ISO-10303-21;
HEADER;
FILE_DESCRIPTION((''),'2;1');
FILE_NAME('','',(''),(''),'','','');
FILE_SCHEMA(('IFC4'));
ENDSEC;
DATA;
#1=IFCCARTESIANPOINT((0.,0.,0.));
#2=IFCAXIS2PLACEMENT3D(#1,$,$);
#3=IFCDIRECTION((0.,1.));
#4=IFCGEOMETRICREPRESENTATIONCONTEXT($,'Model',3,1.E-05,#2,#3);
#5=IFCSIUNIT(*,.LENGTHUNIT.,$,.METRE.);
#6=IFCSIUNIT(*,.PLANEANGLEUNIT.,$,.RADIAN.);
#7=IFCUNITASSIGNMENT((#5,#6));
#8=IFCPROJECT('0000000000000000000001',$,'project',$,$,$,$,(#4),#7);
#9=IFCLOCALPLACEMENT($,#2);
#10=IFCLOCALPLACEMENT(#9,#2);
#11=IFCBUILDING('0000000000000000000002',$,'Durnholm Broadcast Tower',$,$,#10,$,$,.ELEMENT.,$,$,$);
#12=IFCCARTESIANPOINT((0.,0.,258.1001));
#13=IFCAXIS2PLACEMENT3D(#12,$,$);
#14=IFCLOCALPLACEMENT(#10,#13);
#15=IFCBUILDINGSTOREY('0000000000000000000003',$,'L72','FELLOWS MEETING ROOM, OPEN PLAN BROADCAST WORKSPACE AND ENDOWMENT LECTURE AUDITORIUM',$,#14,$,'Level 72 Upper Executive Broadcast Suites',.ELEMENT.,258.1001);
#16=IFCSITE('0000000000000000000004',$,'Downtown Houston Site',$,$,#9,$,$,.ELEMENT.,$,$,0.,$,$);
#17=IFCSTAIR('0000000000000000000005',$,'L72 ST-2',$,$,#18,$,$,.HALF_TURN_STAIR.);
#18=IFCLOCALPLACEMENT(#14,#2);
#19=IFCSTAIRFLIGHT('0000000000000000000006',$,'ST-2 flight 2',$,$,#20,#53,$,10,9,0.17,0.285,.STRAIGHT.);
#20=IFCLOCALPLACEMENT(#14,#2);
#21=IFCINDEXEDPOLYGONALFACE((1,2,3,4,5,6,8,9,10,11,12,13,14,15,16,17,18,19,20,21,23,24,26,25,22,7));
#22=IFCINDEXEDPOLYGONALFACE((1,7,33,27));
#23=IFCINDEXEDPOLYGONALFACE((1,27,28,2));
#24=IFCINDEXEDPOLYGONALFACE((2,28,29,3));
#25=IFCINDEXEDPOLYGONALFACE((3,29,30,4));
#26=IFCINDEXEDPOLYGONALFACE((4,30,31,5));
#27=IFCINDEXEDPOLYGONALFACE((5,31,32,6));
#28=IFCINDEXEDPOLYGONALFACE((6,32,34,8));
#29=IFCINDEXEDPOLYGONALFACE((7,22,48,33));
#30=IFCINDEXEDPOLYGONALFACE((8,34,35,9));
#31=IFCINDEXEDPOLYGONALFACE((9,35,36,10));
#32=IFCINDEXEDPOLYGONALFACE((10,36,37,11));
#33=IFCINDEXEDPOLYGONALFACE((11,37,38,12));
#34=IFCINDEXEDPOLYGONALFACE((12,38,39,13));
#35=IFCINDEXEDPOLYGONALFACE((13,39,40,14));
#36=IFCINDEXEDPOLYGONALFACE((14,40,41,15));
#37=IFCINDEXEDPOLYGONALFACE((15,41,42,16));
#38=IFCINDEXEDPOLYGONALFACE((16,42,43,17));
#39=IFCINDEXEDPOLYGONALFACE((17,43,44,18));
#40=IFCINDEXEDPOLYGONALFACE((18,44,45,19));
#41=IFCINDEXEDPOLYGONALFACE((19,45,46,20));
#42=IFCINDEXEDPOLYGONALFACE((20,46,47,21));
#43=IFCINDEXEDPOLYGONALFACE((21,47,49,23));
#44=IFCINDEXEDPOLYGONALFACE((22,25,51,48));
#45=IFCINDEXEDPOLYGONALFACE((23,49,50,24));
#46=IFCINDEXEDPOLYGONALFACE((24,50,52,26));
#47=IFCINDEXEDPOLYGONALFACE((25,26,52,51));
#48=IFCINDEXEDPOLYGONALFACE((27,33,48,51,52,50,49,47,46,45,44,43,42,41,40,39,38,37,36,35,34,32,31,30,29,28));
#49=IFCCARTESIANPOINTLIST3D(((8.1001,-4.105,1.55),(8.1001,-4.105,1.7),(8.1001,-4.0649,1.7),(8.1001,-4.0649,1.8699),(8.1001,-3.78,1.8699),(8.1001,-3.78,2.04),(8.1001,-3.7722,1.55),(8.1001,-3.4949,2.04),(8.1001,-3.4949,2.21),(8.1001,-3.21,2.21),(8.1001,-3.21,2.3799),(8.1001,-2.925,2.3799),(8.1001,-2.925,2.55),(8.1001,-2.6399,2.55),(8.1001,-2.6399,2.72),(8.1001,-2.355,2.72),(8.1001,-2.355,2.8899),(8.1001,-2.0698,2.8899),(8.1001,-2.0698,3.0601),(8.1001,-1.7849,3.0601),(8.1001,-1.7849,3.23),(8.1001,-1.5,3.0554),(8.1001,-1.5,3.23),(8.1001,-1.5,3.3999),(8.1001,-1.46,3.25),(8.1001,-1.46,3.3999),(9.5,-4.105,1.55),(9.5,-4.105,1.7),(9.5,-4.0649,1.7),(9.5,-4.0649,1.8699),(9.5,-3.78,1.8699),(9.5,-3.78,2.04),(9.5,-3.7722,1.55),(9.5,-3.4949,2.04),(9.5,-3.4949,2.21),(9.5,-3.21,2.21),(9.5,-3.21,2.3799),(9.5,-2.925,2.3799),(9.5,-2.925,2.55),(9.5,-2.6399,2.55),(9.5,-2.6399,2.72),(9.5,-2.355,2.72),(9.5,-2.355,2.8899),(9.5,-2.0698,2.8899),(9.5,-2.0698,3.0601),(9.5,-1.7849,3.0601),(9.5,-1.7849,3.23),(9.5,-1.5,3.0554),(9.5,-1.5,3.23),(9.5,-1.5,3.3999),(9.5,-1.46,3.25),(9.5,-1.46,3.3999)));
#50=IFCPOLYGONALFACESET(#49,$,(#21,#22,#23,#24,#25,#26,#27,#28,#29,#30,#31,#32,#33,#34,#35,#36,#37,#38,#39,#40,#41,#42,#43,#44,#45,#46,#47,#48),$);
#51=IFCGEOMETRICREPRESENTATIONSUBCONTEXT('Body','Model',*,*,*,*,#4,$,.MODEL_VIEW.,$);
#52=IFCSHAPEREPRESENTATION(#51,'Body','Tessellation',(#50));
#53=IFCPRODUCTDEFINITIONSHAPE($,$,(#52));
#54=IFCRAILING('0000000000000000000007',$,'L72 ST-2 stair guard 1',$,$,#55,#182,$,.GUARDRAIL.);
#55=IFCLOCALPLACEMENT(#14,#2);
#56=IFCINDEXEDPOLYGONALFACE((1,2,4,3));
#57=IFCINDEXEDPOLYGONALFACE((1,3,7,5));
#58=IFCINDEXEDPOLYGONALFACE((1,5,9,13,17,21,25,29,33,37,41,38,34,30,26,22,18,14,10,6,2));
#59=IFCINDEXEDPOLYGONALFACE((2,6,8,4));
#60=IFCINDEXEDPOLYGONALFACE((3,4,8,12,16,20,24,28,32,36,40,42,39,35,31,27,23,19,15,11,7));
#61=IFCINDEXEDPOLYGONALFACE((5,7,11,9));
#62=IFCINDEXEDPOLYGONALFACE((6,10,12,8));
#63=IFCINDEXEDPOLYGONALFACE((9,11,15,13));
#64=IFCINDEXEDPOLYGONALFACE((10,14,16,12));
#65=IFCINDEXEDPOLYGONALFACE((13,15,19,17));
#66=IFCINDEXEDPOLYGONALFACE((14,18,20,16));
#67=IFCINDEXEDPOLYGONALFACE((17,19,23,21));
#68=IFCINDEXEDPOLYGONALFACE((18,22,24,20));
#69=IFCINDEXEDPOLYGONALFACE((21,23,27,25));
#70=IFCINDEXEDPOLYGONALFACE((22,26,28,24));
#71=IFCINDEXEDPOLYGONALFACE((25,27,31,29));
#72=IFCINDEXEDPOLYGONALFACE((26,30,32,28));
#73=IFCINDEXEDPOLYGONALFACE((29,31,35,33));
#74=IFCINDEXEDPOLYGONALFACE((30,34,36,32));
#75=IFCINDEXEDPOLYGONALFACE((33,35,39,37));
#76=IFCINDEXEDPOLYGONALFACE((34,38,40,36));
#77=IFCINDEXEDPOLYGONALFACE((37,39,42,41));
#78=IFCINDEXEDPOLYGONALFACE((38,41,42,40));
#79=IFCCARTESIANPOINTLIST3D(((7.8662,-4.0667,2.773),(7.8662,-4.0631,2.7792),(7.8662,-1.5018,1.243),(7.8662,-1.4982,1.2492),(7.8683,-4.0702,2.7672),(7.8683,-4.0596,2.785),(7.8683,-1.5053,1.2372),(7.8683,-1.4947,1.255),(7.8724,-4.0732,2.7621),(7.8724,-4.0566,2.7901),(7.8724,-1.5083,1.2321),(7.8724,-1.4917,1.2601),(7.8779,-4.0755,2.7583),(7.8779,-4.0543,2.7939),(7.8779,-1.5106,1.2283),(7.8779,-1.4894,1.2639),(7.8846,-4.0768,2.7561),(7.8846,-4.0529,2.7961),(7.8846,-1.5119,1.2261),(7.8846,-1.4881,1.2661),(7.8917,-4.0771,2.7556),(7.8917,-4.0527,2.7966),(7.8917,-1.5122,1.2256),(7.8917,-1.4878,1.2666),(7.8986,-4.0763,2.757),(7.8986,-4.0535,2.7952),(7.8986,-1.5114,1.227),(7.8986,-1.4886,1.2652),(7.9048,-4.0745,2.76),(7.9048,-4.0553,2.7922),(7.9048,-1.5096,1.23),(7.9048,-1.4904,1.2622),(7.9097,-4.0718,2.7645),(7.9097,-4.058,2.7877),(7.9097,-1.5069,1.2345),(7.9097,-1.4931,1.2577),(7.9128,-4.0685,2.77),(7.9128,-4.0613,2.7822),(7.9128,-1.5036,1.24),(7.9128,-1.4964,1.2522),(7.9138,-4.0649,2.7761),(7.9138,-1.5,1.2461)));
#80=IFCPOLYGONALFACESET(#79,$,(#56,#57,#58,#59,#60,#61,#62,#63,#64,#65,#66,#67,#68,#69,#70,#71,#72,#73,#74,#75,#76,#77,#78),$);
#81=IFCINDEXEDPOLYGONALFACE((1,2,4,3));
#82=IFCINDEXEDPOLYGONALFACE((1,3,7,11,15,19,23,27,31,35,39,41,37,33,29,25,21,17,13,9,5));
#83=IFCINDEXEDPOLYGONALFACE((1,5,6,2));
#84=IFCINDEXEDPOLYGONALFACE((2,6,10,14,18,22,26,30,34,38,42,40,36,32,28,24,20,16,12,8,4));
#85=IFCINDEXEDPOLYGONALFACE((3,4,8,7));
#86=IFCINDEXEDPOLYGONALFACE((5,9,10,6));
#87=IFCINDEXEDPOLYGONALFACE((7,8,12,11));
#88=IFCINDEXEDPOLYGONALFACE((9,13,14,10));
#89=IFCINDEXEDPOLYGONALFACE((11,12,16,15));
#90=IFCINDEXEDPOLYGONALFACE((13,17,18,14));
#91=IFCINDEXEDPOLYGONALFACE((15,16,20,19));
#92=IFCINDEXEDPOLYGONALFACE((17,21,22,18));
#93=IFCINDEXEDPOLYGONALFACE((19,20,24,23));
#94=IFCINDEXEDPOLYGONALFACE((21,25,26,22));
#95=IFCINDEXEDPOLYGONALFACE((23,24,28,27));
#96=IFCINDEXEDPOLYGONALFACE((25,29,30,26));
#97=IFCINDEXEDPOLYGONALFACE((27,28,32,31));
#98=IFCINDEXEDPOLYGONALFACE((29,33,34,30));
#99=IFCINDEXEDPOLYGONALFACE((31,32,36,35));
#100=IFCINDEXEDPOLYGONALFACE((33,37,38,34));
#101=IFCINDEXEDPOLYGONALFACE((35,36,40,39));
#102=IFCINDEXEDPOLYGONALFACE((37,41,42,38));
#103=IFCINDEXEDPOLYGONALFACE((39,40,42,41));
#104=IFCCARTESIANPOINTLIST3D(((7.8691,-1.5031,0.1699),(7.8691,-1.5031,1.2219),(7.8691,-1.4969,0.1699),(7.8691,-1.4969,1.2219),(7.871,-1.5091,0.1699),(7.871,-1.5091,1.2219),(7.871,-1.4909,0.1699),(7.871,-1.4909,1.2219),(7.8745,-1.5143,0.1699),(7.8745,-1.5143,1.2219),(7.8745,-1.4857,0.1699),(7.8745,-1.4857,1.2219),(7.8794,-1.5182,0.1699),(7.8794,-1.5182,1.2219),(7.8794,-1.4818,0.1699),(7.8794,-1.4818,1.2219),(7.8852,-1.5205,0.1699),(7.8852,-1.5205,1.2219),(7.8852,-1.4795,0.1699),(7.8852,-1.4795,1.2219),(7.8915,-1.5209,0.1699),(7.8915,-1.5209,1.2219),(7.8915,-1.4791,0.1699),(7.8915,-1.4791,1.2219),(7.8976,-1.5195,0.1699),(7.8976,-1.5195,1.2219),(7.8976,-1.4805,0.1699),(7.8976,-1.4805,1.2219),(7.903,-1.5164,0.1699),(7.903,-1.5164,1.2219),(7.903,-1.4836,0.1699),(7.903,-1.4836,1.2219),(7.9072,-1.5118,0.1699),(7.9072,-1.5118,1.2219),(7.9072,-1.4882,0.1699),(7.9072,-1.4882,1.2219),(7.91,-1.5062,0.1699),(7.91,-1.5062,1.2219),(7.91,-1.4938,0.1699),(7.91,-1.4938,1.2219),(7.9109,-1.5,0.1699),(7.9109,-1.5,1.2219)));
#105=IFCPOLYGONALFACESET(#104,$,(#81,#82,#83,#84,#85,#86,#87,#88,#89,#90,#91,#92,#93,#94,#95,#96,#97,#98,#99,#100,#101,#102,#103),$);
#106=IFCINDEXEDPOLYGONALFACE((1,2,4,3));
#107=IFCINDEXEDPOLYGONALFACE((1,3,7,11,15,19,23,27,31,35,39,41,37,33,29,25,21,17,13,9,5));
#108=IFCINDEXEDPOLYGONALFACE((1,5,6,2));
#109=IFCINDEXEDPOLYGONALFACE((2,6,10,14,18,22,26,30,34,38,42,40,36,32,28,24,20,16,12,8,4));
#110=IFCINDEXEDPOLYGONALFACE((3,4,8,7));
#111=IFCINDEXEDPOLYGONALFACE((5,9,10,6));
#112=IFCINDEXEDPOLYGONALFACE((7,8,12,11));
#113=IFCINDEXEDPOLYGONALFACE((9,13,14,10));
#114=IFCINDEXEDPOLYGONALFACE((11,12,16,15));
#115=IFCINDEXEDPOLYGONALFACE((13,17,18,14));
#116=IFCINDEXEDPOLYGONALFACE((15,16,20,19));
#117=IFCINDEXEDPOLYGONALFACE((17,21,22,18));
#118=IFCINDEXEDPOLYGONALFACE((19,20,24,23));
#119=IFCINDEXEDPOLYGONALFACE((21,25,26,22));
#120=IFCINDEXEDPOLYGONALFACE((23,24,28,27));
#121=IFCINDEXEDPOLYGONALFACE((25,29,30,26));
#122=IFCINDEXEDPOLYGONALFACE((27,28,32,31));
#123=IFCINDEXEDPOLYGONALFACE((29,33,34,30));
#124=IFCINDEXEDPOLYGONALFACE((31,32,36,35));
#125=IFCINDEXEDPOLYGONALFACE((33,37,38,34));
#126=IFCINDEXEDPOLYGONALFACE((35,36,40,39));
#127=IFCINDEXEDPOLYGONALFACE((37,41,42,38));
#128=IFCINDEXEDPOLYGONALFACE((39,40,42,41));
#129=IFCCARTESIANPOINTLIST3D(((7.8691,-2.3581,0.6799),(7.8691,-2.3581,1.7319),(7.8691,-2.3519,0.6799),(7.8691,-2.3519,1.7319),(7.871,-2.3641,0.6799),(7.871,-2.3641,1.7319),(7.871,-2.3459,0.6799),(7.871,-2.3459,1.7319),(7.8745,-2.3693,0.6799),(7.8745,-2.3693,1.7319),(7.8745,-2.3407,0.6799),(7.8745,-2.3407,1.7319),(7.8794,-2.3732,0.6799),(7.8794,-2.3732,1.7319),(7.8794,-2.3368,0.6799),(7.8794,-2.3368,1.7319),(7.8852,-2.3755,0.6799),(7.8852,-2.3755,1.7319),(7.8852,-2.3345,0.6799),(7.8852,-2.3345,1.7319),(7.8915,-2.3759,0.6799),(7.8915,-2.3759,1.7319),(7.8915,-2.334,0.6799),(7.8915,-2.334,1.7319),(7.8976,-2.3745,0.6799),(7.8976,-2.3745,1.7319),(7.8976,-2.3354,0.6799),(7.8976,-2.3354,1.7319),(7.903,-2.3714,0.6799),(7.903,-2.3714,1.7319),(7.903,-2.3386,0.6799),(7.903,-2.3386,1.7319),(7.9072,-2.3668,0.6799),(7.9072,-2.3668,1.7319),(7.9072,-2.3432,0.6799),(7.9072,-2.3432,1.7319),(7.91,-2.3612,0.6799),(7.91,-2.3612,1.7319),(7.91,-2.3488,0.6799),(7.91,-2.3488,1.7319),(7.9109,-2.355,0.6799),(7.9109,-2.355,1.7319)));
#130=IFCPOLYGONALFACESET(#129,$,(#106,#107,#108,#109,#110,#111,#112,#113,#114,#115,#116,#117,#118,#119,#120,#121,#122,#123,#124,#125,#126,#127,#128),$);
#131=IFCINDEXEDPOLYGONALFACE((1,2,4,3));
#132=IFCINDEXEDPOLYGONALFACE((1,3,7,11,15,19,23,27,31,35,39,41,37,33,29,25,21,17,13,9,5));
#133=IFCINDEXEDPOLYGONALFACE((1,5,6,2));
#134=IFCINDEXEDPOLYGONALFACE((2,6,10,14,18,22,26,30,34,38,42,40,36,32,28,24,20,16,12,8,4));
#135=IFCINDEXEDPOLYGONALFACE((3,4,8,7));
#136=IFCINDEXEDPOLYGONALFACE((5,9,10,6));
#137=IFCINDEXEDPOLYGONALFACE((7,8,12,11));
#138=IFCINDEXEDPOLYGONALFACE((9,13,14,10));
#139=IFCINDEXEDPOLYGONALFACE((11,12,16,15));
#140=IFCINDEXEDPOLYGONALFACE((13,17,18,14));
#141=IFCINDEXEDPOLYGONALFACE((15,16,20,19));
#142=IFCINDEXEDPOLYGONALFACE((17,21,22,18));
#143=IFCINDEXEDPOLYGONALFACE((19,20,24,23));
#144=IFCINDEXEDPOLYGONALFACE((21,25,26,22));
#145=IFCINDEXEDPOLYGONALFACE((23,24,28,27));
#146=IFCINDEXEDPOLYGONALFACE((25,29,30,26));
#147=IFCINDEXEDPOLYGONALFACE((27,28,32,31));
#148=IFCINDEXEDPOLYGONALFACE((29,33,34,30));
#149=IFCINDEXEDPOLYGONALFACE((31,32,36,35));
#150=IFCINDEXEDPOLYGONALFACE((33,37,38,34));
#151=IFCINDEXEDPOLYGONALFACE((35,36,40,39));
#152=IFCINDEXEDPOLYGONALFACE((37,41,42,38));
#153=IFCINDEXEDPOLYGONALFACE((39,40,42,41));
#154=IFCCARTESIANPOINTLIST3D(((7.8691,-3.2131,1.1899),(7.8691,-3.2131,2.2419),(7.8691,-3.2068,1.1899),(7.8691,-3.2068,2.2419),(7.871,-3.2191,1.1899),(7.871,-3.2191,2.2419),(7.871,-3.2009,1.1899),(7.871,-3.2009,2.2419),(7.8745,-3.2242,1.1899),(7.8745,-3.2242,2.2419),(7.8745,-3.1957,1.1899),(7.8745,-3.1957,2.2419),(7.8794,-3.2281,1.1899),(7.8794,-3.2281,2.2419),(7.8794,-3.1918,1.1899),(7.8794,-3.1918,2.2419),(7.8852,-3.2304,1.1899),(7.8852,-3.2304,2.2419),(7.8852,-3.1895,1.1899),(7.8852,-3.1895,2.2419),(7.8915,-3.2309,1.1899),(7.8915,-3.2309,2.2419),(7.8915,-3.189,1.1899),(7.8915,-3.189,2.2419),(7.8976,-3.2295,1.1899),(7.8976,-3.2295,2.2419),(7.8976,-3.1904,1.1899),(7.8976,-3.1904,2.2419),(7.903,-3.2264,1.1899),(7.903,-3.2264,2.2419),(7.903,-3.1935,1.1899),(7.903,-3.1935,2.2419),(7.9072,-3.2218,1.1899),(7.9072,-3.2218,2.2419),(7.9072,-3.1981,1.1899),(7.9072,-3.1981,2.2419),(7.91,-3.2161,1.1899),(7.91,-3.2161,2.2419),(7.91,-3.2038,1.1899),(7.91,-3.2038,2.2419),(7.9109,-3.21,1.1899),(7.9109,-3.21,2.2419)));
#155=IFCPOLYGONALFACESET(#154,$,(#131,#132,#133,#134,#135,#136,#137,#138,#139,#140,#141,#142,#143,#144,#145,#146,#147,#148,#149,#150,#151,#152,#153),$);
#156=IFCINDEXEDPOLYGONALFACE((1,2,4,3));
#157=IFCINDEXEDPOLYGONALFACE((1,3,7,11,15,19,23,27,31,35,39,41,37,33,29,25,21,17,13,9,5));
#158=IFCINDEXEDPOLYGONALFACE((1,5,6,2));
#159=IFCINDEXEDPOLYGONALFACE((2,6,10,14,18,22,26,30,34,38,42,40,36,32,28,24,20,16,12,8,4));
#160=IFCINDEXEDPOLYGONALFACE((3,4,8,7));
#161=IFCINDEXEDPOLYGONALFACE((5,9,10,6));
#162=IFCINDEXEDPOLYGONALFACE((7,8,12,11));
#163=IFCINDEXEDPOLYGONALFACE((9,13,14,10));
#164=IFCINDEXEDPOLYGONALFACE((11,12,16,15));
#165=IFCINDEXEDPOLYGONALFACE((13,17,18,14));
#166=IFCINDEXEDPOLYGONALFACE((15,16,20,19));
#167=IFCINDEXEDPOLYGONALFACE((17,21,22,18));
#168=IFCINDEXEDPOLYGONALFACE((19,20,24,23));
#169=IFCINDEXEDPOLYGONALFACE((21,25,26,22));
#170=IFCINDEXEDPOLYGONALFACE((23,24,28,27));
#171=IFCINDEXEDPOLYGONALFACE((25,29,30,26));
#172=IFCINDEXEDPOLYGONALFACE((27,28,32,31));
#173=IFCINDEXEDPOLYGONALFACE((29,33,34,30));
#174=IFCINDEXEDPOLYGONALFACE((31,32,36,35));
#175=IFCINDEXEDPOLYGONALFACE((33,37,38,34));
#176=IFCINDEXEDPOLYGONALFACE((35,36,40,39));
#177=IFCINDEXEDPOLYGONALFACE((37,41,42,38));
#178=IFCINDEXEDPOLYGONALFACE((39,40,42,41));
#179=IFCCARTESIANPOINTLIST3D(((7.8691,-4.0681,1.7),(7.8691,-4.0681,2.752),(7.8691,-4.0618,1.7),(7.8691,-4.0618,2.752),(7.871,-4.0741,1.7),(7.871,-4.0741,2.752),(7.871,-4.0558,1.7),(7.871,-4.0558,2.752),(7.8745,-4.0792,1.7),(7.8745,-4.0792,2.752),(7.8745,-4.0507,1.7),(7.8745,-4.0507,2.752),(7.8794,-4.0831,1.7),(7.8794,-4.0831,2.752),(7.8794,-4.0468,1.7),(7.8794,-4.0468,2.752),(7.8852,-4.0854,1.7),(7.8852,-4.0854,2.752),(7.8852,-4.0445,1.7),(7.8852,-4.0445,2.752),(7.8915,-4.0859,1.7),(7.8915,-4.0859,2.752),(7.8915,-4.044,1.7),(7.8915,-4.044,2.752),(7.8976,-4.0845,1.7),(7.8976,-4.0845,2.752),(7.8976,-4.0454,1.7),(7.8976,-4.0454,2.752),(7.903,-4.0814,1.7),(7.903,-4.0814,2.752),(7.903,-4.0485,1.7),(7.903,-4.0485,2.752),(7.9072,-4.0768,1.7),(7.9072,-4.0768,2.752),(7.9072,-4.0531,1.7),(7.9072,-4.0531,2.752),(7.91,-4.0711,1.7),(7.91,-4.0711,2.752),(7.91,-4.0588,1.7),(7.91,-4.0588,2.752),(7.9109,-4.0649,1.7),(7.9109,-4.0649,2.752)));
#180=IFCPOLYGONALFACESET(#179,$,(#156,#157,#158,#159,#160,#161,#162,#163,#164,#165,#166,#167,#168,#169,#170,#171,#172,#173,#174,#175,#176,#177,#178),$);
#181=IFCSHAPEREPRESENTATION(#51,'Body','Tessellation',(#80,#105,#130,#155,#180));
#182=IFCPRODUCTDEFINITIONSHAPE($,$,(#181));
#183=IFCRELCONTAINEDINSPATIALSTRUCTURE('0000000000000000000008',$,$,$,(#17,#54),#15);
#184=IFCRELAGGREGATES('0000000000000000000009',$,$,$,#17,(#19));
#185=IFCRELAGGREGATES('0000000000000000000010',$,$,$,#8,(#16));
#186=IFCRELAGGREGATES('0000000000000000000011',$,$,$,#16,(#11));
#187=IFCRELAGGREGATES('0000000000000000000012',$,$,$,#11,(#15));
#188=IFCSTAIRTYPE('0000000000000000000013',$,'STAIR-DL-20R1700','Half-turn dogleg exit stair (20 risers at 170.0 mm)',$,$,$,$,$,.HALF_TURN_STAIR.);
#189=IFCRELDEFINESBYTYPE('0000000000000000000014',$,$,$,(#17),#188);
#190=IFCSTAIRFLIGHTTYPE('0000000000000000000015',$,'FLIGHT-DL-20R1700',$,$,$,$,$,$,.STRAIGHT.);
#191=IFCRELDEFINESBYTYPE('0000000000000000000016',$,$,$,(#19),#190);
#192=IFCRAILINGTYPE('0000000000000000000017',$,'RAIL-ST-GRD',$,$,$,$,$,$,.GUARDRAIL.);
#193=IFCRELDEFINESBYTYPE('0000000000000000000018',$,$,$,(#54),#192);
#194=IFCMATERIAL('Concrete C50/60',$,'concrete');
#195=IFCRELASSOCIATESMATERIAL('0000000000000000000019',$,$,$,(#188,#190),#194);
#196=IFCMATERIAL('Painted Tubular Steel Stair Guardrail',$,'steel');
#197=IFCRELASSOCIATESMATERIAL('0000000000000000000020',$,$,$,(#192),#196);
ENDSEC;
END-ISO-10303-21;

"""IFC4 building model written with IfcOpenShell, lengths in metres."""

from ifc_helpers import new_model, si_unit, direction, frame, origin, origin_2d, place, context, subcontext, project, spatial, polyline, circle, outline, extrude, material, type_object, element, aggregate, save


model = new_model("IFC4")

# Units and contexts
model_context = context("Model", 3, precision=1e-05, world=origin(), true_north=direction((0.0, 1.0)))
body_context = subcontext(model_context, "Body", "Model", "MODEL_VIEW")
ifc_project = project(units=[si_unit("LENGTHUNIT", "METRE"), si_unit("PLANEANGLEUNIT", "RADIAN")], contexts=[model_context])

# Site, building, storey
site_placement = place(None, origin())
site = spatial("IfcSite", under=ifc_project, at=site_placement, Name="Downtown Houston Site", CompositionType="ELEMENT", RefElevation=0.0)
building_placement = place(site_placement, origin())
building = spatial("IfcBuilding", under=site, at=building_placement, Name="Durnholm Broadcast Tower", CompositionType="ELEMENT")
storey_placement = place(building_placement, frame((0.0, 0.0, 258.1001)))
storey = spatial("IfcBuildingStorey", under=building, at=storey_placement, Name="L72", Description="FELLOWS MEETING ROOM, OPEN PLAN BROADCAST WORKSPACE AND ENDOWMENT LECTURE AUDITORIUM", LongName="Level 72 Upper Executive Broadcast Suites", CompositionType="ELEMENT", Elevation=258.1001)

# Shared definitions
ifc_material_1 = material(Name="Concrete C50/60", Category="concrete")

# Stair, stair flight
stair_type = type_object("IfcStairType", Name="STAIR-DL-20R1700", Description="Half-turn dogleg exit stair (20 risers at 170.0 mm)", PredefinedType="HALF_TURN_STAIR", material=ifc_material_1)
stair_placement = place(storey_placement, origin())
stair = element("IfcStair", 1, at=stair_placement, inside=storey, type_object=stair_type, Name="L72 ST-2", PredefinedType="HALF_TURN_STAIR")
stair_flight_type = type_object("IfcStairFlightType", Name="FLIGHT-DL-20R1700", PredefinedType="STRAIGHT", material=ifc_material_1)
stair_flight_1_placement = place(storey_placement, frame((8.8, -4.0649, 1.7), z_axis=(0.0, 0.0, 1.0), x_axis=(0.0, 1.0, 0.0)))
stair_flight_1 = element("IfcStairFlight", 2, at=stair_flight_1_placement, type_object=stair_flight_type, Name="ST-2 flight 2", NumberOfRisers=10, NumberOfTreads=9, PredefinedType="STRAIGHT", RiserHeight=0.17, TreadLength=0.285, context=body_context, shape_type="SweptSolid", body=[
    extrude(outline(polyline([(-0.04, -0.1499), (-0.04, 0.0), (0.0, 0.0), (0.0, 0.1699), (0.2849, 0.1699), (0.2849, 0.3401), (0.5701, 0.3401), (0.5701, 0.51), (0.855, 0.51), (0.855, 0.6799), (1.1399, 0.6799), (1.1399, 0.8501), (1.425, 0.8501), (1.425, 1.02), (1.71, 1.02), (1.71, 1.1899), (1.9951, 1.1899), (1.9951, 1.3601), (2.28, 1.3601), (2.28, 1.53), (2.5649, 1.53), (2.5649, 1.7), (2.605, 1.7), (2.605, 1.55), (2.5649, 1.3555), (0.2927, -0.1499), (-0.04, -0.1499)])), frame((0.0, 0.7, 0.0), z_axis=(0.0, -1.0, 0.0), x_axis=(1.0, 0.0, 0.0)), (0.0, 0.0, 1.0), 1.3999),
])
aggregate(stair, [stair_flight_1])

# Railing
ifc_material_2 = material(Name="Painted Tubular Steel Stair Guardrail", Category="steel")
railing_type_1 = type_object("IfcRailingType", Name="RAIL-ST-GRD", PredefinedType="GUARDRAIL", material=ifc_material_2)
railing_1_placement = place(storey_placement, frame((7.8899, -1.5, 0.1699)))
element("IfcRailing", 3, at=railing_1_placement, inside=storey, type_object=railing_type_1, Name="L72 ST-2 stair guard 1", PredefinedType="GUARDRAIL", context=body_context, shape_type="SweptSolid", body=[
    extrude(circle(Radius=0.0239, at=origin_2d()), frame((0.0, 0.0, 1.0762), z_axis=(0.0, -0.85881, 0.512294), x_axis=(1.0, 0.0, 0.0)), (0.0, 0.0, 1.0), 2.9866),
    extrude(circle(Radius=0.021, at=origin_2d()), origin(), (0.0, 0.0, 1.0), 1.052),
    extrude(circle(Radius=0.021, at=origin_2d()), frame((0.0, -0.855, 0.51)), (0.0, 0.0, 1.0), 1.052),
    extrude(circle(Radius=0.021, at=origin_2d()), frame((0.0, -1.71, 1.02)), (0.0, 0.0, 1.0), 1.052),
    extrude(circle(Radius=0.021, at=origin_2d()), frame((0.0, -2.5649, 1.53)), (0.0, 0.0, 1.0), 1.052),
])

save(model, "model.ifc")
